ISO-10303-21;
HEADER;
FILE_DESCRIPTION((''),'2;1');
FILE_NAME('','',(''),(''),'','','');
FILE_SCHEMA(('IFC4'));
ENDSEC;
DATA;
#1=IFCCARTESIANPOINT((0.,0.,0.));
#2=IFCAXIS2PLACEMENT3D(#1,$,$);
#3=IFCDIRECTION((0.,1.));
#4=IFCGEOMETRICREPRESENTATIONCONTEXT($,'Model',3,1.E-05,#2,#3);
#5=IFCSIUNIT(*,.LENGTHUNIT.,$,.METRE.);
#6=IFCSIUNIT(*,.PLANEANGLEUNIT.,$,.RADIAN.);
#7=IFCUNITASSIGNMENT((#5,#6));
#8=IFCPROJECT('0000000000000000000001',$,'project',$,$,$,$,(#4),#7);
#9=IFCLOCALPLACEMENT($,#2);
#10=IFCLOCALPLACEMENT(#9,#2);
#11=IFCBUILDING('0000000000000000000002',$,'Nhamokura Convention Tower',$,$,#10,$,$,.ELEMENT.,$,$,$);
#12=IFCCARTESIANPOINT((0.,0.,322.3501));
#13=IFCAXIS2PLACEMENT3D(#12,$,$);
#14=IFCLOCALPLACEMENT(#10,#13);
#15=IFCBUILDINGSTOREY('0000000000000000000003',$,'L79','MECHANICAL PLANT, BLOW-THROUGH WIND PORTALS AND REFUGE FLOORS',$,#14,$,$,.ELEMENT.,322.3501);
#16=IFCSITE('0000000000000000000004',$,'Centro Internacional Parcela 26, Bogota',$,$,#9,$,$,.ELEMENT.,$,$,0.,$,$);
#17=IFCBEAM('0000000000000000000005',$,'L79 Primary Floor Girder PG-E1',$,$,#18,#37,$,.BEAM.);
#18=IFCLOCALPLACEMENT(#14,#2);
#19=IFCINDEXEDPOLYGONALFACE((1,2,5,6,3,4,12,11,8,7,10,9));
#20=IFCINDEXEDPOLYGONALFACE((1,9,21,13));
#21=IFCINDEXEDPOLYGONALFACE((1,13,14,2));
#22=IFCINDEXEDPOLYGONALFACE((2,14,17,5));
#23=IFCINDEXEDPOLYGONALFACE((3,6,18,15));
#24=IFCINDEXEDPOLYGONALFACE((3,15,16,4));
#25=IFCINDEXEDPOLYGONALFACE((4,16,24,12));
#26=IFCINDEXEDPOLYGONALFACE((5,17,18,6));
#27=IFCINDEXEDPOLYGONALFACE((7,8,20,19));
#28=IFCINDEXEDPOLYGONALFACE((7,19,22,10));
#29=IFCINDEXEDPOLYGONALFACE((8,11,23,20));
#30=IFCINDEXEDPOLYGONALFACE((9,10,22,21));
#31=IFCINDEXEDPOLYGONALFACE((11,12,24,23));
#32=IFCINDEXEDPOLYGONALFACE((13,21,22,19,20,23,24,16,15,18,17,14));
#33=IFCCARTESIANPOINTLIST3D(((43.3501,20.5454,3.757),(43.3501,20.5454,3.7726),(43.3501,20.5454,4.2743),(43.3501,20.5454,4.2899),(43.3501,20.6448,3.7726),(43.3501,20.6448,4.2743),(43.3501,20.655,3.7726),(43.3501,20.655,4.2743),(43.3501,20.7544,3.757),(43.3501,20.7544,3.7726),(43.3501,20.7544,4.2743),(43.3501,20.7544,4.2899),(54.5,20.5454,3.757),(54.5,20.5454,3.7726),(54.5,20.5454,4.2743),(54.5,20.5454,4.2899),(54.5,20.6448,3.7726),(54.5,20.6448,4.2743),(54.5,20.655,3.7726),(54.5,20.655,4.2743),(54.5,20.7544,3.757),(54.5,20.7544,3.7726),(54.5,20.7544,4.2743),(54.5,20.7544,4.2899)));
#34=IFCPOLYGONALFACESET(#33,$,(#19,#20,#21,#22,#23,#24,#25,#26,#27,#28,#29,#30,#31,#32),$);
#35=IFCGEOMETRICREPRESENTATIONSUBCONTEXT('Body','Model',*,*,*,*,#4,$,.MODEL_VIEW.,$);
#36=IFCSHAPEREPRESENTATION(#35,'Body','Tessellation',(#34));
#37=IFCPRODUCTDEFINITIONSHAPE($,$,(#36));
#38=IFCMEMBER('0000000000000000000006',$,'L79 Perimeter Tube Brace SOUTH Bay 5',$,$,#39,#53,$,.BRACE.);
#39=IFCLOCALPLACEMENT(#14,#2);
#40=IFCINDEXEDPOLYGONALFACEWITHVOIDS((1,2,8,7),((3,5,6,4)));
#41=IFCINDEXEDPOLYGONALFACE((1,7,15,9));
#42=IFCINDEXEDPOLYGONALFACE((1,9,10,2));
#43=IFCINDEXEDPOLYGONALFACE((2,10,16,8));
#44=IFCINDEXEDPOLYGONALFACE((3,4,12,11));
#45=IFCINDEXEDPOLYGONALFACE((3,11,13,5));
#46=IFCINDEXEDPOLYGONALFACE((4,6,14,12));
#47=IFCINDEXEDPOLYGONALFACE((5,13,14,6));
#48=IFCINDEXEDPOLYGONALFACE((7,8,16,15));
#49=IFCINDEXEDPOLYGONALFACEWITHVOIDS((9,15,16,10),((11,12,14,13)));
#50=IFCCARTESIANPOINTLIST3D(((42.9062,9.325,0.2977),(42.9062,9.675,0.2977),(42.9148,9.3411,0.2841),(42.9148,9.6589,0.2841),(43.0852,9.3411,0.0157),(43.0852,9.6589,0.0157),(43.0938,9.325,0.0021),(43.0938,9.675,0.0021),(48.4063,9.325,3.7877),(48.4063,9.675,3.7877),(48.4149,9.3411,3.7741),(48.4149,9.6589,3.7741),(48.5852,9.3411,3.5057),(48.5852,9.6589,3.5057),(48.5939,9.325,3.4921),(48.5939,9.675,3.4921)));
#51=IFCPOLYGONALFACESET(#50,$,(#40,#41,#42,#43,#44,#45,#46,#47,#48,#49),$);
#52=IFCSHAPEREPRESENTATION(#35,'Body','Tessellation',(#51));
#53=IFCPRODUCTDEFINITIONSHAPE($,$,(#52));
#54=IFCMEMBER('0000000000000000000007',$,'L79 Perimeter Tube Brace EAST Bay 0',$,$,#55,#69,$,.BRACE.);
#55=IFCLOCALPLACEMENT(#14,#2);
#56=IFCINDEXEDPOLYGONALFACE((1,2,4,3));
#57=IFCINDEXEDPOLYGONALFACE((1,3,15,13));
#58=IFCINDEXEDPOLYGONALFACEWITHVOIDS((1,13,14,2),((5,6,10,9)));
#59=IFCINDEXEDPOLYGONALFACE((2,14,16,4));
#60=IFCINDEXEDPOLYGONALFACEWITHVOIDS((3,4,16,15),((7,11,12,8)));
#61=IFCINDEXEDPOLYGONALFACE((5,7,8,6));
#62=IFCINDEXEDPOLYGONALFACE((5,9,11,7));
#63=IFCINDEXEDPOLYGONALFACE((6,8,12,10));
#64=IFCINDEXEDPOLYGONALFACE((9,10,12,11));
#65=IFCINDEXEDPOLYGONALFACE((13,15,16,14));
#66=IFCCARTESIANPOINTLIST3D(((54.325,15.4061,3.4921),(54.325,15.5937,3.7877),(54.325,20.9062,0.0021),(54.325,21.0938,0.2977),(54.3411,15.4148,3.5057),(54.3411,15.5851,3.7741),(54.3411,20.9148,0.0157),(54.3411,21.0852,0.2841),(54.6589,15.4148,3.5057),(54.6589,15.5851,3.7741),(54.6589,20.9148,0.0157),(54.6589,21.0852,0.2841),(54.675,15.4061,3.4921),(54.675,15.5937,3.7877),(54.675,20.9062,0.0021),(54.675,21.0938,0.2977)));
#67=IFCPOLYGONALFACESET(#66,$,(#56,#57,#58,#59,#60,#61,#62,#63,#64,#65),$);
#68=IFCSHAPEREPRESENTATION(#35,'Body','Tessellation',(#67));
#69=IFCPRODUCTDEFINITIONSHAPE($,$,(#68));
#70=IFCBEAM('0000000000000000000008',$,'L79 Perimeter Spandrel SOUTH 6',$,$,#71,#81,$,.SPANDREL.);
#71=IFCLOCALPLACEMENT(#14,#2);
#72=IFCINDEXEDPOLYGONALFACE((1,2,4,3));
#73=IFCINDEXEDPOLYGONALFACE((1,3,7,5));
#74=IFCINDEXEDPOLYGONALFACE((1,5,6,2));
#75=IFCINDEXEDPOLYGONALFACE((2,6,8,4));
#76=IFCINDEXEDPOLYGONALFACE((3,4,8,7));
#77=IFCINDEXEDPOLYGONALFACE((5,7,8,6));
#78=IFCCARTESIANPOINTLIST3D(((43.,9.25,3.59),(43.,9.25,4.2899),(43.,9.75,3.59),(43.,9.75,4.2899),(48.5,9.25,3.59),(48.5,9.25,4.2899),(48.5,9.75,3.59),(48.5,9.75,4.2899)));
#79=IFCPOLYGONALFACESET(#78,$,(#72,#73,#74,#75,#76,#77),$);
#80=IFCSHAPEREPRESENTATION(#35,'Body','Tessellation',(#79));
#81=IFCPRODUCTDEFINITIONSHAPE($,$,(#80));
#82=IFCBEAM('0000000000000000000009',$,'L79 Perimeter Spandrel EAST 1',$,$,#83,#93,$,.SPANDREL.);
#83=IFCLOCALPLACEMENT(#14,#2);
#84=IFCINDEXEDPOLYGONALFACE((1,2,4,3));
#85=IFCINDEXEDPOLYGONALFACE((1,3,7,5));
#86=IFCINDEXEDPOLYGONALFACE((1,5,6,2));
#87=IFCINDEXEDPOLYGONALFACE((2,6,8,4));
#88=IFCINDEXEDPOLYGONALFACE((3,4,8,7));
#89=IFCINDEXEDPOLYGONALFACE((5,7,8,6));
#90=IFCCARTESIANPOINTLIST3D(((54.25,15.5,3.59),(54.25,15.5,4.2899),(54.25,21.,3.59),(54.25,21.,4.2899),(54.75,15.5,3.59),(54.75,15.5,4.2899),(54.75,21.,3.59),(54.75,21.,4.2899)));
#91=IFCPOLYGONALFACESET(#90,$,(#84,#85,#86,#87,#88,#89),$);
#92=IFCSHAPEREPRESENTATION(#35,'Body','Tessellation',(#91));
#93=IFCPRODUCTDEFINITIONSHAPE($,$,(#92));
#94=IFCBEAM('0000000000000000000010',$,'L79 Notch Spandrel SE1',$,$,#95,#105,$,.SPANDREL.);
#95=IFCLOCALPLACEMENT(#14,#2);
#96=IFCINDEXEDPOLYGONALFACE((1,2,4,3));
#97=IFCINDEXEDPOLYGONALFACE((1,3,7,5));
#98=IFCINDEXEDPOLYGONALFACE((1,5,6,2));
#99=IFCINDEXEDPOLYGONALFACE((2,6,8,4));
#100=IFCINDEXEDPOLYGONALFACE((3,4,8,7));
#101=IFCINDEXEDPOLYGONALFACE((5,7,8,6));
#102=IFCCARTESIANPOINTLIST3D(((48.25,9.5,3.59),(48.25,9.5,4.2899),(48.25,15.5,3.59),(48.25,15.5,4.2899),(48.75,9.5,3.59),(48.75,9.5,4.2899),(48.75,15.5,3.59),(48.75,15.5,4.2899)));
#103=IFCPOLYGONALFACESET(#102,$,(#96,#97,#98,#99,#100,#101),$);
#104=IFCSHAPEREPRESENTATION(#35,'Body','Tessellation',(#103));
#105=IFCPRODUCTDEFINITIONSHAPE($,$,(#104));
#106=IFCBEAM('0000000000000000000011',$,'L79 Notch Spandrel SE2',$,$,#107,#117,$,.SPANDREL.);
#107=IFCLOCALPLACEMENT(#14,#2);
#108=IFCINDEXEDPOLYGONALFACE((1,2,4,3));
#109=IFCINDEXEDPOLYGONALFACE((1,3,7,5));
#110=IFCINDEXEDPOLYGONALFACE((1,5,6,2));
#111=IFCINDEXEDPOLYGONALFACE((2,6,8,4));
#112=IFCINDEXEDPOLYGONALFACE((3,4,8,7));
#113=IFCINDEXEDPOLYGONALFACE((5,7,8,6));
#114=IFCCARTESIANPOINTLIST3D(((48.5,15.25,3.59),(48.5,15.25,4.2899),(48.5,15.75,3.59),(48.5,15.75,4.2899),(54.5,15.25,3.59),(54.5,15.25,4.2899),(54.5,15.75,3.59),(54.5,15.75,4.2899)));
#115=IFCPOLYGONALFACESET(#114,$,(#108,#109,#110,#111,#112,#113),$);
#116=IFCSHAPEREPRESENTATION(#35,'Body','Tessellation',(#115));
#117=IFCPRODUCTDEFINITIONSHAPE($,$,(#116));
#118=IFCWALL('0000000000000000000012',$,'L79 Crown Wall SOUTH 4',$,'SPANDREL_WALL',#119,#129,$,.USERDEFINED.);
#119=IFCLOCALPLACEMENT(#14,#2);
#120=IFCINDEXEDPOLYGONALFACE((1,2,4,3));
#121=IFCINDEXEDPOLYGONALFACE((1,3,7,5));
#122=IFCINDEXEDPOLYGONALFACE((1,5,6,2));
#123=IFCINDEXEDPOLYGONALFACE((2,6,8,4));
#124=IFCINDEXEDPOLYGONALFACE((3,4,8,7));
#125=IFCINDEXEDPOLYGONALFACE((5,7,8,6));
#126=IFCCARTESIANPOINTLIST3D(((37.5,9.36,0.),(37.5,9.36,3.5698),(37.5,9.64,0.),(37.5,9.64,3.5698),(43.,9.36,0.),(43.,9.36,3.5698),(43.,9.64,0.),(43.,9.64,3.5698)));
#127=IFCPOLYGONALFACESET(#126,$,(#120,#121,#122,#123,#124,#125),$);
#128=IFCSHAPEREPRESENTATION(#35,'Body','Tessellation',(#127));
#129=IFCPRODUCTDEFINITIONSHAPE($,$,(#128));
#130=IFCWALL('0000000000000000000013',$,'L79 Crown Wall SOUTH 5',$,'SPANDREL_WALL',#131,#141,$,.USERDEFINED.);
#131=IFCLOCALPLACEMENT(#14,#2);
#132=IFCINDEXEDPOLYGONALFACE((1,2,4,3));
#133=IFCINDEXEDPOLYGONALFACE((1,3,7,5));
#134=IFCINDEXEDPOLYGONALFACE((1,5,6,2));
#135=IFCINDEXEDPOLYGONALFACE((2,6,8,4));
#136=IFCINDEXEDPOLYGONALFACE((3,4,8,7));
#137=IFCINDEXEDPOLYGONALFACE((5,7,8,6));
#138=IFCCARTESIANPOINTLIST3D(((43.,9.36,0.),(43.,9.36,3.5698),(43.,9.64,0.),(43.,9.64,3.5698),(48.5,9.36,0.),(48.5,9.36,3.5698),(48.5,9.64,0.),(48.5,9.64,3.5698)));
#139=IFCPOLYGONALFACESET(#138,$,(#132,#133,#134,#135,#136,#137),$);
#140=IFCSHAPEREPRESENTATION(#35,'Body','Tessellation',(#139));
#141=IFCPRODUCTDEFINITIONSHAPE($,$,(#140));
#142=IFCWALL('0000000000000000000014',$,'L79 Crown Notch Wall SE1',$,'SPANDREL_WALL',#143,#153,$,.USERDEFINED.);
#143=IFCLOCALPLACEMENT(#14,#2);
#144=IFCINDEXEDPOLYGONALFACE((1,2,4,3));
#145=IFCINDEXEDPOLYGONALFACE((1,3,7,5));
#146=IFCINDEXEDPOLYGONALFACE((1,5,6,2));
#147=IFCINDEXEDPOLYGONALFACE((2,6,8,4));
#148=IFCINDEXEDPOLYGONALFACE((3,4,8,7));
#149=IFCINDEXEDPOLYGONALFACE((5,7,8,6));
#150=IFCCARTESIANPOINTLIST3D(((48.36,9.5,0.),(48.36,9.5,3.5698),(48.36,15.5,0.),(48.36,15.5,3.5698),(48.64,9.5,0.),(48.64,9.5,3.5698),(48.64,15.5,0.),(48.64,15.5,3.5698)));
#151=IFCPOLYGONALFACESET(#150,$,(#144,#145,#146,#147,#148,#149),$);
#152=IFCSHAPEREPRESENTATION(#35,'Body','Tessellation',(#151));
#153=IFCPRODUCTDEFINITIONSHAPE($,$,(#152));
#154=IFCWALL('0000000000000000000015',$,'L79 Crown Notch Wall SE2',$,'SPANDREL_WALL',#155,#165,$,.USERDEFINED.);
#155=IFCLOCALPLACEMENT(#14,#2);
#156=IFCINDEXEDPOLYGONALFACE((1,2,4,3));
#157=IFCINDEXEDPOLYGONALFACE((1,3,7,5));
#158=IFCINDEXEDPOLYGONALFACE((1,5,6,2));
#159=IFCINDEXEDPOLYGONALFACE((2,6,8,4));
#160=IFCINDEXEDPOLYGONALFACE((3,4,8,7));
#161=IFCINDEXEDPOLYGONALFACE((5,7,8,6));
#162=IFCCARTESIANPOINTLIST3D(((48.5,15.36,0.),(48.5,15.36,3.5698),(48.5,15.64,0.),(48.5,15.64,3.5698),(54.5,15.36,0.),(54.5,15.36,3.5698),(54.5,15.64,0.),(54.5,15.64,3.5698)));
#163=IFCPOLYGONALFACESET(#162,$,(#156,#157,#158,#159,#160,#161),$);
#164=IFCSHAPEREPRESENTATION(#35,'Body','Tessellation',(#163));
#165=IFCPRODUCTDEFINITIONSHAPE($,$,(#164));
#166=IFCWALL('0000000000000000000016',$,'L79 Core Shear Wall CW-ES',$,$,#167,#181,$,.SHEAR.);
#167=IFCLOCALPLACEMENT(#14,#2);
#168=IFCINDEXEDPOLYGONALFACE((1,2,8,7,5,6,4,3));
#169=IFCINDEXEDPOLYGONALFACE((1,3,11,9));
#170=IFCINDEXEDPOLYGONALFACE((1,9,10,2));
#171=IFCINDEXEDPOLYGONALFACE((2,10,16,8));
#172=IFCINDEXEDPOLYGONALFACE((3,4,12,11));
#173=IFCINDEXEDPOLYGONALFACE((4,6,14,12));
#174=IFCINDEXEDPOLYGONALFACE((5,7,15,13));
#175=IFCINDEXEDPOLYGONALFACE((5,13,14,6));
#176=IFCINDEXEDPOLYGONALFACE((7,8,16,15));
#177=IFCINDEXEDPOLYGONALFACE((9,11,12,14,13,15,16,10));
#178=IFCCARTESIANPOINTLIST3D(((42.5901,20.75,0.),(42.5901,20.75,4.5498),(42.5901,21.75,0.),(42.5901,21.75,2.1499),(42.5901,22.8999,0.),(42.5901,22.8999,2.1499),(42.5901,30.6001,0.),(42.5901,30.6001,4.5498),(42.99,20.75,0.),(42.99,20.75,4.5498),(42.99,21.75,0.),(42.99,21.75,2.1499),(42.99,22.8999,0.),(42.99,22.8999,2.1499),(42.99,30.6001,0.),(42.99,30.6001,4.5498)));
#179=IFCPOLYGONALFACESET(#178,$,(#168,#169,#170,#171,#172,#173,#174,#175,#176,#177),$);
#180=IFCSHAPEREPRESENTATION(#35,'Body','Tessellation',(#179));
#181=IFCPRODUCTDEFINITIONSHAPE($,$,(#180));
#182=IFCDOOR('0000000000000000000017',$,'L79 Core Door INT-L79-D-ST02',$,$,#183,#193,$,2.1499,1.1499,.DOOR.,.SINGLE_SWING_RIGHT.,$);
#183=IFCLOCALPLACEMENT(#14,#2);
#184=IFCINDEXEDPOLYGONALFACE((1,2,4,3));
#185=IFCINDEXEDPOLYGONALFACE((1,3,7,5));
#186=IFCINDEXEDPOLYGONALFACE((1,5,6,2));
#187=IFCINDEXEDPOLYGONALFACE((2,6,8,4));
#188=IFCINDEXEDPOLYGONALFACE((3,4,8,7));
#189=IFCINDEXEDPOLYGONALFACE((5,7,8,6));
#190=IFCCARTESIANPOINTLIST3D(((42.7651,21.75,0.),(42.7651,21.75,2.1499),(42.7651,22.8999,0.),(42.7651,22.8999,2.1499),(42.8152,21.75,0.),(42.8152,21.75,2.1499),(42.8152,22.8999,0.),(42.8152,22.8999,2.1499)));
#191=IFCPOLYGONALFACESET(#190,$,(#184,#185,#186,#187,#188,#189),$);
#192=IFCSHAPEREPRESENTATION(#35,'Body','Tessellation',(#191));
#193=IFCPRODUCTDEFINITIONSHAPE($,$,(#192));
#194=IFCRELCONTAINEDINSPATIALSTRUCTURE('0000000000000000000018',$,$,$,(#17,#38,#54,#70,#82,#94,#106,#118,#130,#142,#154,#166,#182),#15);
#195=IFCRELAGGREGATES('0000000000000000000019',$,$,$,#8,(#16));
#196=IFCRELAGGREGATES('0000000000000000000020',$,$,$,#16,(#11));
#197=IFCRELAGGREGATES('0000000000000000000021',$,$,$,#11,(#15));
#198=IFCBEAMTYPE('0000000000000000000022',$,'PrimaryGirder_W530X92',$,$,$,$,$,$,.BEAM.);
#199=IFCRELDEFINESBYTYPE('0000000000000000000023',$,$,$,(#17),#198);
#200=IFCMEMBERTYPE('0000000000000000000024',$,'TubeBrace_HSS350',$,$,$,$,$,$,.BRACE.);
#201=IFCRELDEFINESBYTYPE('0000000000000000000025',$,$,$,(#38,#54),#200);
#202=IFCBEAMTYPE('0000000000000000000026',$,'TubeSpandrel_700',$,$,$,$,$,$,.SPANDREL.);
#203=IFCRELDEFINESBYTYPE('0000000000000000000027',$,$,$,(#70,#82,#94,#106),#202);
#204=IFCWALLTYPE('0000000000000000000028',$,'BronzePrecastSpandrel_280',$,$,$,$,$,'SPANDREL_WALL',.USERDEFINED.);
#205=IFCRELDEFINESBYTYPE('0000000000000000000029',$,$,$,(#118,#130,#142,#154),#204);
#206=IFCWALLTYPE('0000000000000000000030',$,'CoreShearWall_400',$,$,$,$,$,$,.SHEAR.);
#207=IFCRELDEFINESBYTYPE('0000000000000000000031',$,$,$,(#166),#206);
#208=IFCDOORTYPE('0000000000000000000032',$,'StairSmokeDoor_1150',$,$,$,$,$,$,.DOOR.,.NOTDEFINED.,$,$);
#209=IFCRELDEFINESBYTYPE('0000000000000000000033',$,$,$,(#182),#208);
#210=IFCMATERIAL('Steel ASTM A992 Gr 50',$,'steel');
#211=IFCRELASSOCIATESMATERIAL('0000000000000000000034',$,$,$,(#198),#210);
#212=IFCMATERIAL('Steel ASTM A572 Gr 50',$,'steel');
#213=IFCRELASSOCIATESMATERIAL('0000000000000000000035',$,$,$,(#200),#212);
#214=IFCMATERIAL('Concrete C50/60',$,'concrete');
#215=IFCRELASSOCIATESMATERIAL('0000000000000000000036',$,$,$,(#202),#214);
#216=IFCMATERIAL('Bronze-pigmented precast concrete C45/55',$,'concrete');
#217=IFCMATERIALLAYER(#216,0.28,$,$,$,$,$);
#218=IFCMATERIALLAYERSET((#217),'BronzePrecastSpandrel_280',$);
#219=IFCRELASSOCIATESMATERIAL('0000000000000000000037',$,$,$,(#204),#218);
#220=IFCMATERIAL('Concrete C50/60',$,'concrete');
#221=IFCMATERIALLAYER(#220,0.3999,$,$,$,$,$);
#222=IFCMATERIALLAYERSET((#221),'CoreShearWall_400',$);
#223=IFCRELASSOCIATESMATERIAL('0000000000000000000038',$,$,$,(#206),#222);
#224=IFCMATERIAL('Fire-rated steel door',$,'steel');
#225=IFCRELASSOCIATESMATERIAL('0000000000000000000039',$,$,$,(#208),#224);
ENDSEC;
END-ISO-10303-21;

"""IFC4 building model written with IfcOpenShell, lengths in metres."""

from ifc_helpers import new_model, si_unit, direction, frame, frame_2d, origin, origin_2d, place, context, subcontext, project, spatial, rectangle, hollow_rectangle, i_section, extrude, material, layer, layer_set, material_profile, profile_set, type_object, element, fill, save


model = new_model("IFC4")

# Units and contexts
model_context = context("Model", 3, precision=1e-05, world=origin(), true_north=direction((0.0, 1.0)))
body_context = subcontext(model_context, "Body", "Model", "MODEL_VIEW")
ifc_project = project(units=[si_unit("LENGTHUNIT", "METRE"), si_unit("PLANEANGLEUNIT", "RADIAN")], contexts=[model_context])

# Site, building, storey
site_placement = place(None, origin())
site = spatial("IfcSite", under=ifc_project, at=site_placement, Name="Centro Internacional Parcela 26, Bogota", CompositionType="ELEMENT", RefElevation=0.0)
building_placement = place(site_placement, origin())
building = spatial("IfcBuilding", under=site, at=building_placement, Name="Nhamokura Convention Tower", CompositionType="ELEMENT")
storey_placement = place(building_placement, frame((0.0, 0.0, 322.3501)))
storey = spatial("IfcBuildingStorey", under=building, at=storey_placement, Name="L79", Description="MECHANICAL PLANT, BLOW-THROUGH WIND PORTALS AND REFUGE FLOORS", CompositionType="ELEMENT", Elevation=322.3501)

# Beam
ifc_material_1 = material(Name="Steel ASTM A992 Gr 50", Category="steel")
ifc_material_profile_1 = material_profile(ifc_material_1, i_section(OverallWidth=0.209, OverallDepth=0.533, WebThickness=0.0103, FlangeThickness=0.0156, at=origin_2d()))
ifc_profile_set_1 = profile_set([ifc_material_profile_1], Name="Steel ASTM A992 Gr 50")
beam_type_1 = type_object("IfcBeamType", Name="PrimaryGirder_W530X92", PredefinedType="BEAM", material=ifc_profile_set_1)
for number, where, z_axis, x_axis, name in (
    (1, (43.3501, 20.6499, 4.0234), (1.0, 0.0, 0.0), (0.0, 1.0, 0.0), "L79 Primary Floor Girder PG-E1"),
):
    element("IfcBeam", number, at=place(storey_placement, frame(where, z_axis=z_axis, x_axis=x_axis)), inside=storey, type_object=beam_type_1, Name=name, PredefinedType="BEAM", context=body_context, shape_type="SweptSolid", body=[
        extrude(i_section(OverallWidth=0.209, OverallDepth=0.533, WebThickness=0.0103, FlangeThickness=0.0156, at=origin_2d()), origin(), (0.0, 0.0, 1.0), 11.1499),
    ])

# Members
ifc_material_2 = material(Name="Steel ASTM A572 Gr 50", Category="steel")
ifc_material_profile_2 = material_profile(ifc_material_2, hollow_rectangle(XDim=0.3501, YDim=0.3501, WallThickness=0.0161, at=origin_2d()))
ifc_profile_set_2 = profile_set([ifc_material_profile_2], Name="Steel ASTM A572 Gr 50")
member_type = type_object("IfcMemberType", Name="TubeBrace_HSS350", PredefinedType="BRACE", material=ifc_profile_set_2)
for number, where, z_axis, x_axis, name in (
    (2, (43.0, 9.5, 0.1499), (0.844357, 0.0, 0.535781), (0.0, 1.0, 0.0), "L79 Perimeter Tube Brace SOUTH Bay 5"),
    (3, (54.5, 21.0, 0.1499), (0.0, -0.844357, 0.535781), (1.0, 0.0, 0.0), "L79 Perimeter Tube Brace EAST Bay 0"),
):
    element("IfcMember", number, at=place(storey_placement, frame(where, z_axis=z_axis, x_axis=x_axis)), inside=storey, type_object=member_type, Name=name, PredefinedType="BRACE", context=body_context, shape_type="SweptSolid", body=[
        extrude(hollow_rectangle(XDim=0.3501, YDim=0.3501, WallThickness=0.0161, at=origin_2d()), origin(), (0.0, 0.0, 1.0), 6.5139),
    ])

# Beams
ifc_material_3 = material(Name="Concrete C50/60", Category="concrete")
ifc_material_profile_3 = material_profile(ifc_material_3, rectangle(XDim=0.5, YDim=0.7, at=origin_2d()))
ifc_profile_set_3 = profile_set([ifc_material_profile_3], Name="Concrete C50/60")
beam_type_2 = type_object("IfcBeamType", Name="TubeSpandrel_700", PredefinedType="SPANDREL", material=ifc_profile_set_3)
for number, where, z_axis, x_axis, name in (
    (4, (43.0, 9.5, 3.9399), (1.0, 0.0, 0.0), (0.0, 1.0, 0.0), "L79 Perimeter Spandrel SOUTH 6"),
    (5, (54.5, 15.5, 3.9399), (0.0, 1.0, 0.0), (-1.0, 0.0, 0.0), "L79 Perimeter Spandrel EAST 1"),
):
    element("IfcBeam", number, at=place(storey_placement, frame(where, z_axis=z_axis, x_axis=x_axis)), inside=storey, type_object=beam_type_2, Name=name, PredefinedType="SPANDREL", context=body_context, shape_type="SweptSolid", body=[
        extrude(rectangle(XDim=0.5, YDim=0.7, at=origin_2d()), origin(), (0.0, 0.0, 1.0), 5.5),
    ])
for number, where, z_axis, x_axis, name in (
    (6, (48.5, 9.5, 3.9399), (0.0, 1.0, 0.0), (-1.0, 0.0, 0.0), "L79 Notch Spandrel SE1"),
    (7, (48.5, 15.5, 3.9399), (1.0, 0.0, 0.0), (0.0, 1.0, 0.0), "L79 Notch Spandrel SE2"),
):
    element("IfcBeam", number, at=place(storey_placement, frame(where, z_axis=z_axis, x_axis=x_axis)), inside=storey, type_object=beam_type_2, Name=name, PredefinedType="SPANDREL", context=body_context, shape_type="SweptSolid", body=[
        extrude(rectangle(XDim=0.5, YDim=0.7, at=origin_2d()), origin(), (0.0, 0.0, 1.0), 6.0),
    ])

# Walls
ifc_material_4 = material(Name="Bronze-pigmented precast concrete C45/55", Category="concrete")
ifc_layer_1 = layer(ifc_material_4, 0.28)
ifc_layer_set_1 = layer_set([ifc_layer_1], Name="BronzePrecastSpandrel_280")
wall_type_1 = type_object("IfcWallType", Name="BronzePrecastSpandrel_280", ElementType="SPANDREL_WALL", PredefinedType="USERDEFINED", material=ifc_layer_set_1)
for number, where, z_axis, x_axis, name in (
    (8, (43.0, 9.5, 0.0), (0.0, 0.0, 1.0), (-1.0, 0.0, 0.0), "L79 Crown Wall SOUTH 4"),
    (9, (48.5, 9.5, 0.0), (0.0, 0.0, 1.0), (-1.0, 0.0, 0.0), "L79 Crown Wall SOUTH 5"),
):
    element("IfcWall", number, at=place(storey_placement, frame(where, z_axis=z_axis, x_axis=x_axis)), inside=storey, type_object=wall_type_1, Name=name, ObjectType="SPANDREL_WALL", PredefinedType="USERDEFINED", context=body_context, shape_type="SweptSolid", body=[
        extrude(rectangle(XDim=5.5, YDim=0.28, at=frame_2d((2.75, 0.0))), origin(), (0.0, 0.0, 1.0), 3.5698),
    ])
for number, where, z_axis, x_axis, name in (
    (10, (48.5, 15.5, 0.0), (0.0, 0.0, 1.0), (0.0, -1.0, 0.0), "L79 Crown Notch Wall SE1"),
    (11, (54.5, 15.5, 0.0), (0.0, 0.0, 1.0), (-1.0, 0.0, 0.0), "L79 Crown Notch Wall SE2"),
):
    element("IfcWall", number, at=place(storey_placement, frame(where, z_axis=z_axis, x_axis=x_axis)), inside=storey, type_object=wall_type_1, Name=name, ObjectType="SPANDREL_WALL", PredefinedType="USERDEFINED", context=body_context, shape_type="SweptSolid", body=[
        extrude(rectangle(XDim=6.0, YDim=0.28, at=frame_2d((3.0, 0.0))), origin(), (0.0, 0.0, 1.0), 3.5698),
    ])

# Wall, opening, door
ifc_material_5 = material(Name="Concrete C50/60", Category="concrete")
ifc_layer_2 = layer(ifc_material_5, 0.3999)
ifc_layer_set_2 = layer_set([ifc_layer_2], Name="CoreShearWall_400")
wall_type_2 = type_object("IfcWallType", Name="CoreShearWall_400", PredefinedType="SHEAR", material=ifc_layer_set_2)
wall_1_placement = place(storey_placement, frame((42.79, 20.75, 0.0), z_axis=(0.0, 0.0, 1.0), x_axis=(0.0, 1.0, 0.0)))
wall_1 = element("IfcWall", 12, at=wall_1_placement, inside=storey, type_object=wall_type_2, Name="L79 Core Shear Wall CW-ES", PredefinedType="SHEAR", context=body_context, shape_type="SweptSolid", body=[
    extrude(rectangle(XDim=9.8501, YDim=0.3999, at=frame_2d((4.925, 0.0))), origin(), (0.0, 0.0, 1.0), 4.5498),
])
opening_1_placement = place(wall_1_placement, frame((1.0, 0.0, 0.0)))
opening_1 = element("IfcOpeningElement", 13, at=opening_1_placement, cuts=wall_1, PredefinedType="OPENING", context=body_context, shape_type="SweptSolid", body=[
    extrude(rectangle(XDim=1.1499, YDim=2.1499, at=frame_2d((0.575, 1.075))), frame((0.0, 0.21, 0.0), z_axis=(0.0, -1.0, 0.0), x_axis=(1.0, 0.0, 0.0)), (0.0, 0.0, 1.0), 0.4199),
])
ifc_material_6 = material(Name="Fire-rated steel door", Category="steel")
door_type_1 = type_object("IfcDoorType", Name="StairSmokeDoor_1150", OperationType="NOTDEFINED", PredefinedType="DOOR", material=ifc_material_6)
door_1_placement = place(opening_1_placement, origin())
door_1 = element("IfcDoor", 14, at=door_1_placement, inside=storey, type_object=door_type_1, Name="L79 Core Door INT-L79-D-ST02", OperationType="SINGLE_SWING_RIGHT", OverallHeight=2.1499, OverallWidth=1.1499, PredefinedType="DOOR", context=body_context, shape_type="SweptSolid", body=[
    extrude(rectangle(XDim=1.1499, YDim=2.1499, at=frame_2d((0.575, 1.075))), frame((0.0, 0.0249, 0.0), z_axis=(0.0, -1.0, 0.0), x_axis=(1.0, 0.0, 0.0)), (0.0, 0.0, 1.0), 0.05),
])
fill(opening_1, door_1)

save(model, "model.ifc")
